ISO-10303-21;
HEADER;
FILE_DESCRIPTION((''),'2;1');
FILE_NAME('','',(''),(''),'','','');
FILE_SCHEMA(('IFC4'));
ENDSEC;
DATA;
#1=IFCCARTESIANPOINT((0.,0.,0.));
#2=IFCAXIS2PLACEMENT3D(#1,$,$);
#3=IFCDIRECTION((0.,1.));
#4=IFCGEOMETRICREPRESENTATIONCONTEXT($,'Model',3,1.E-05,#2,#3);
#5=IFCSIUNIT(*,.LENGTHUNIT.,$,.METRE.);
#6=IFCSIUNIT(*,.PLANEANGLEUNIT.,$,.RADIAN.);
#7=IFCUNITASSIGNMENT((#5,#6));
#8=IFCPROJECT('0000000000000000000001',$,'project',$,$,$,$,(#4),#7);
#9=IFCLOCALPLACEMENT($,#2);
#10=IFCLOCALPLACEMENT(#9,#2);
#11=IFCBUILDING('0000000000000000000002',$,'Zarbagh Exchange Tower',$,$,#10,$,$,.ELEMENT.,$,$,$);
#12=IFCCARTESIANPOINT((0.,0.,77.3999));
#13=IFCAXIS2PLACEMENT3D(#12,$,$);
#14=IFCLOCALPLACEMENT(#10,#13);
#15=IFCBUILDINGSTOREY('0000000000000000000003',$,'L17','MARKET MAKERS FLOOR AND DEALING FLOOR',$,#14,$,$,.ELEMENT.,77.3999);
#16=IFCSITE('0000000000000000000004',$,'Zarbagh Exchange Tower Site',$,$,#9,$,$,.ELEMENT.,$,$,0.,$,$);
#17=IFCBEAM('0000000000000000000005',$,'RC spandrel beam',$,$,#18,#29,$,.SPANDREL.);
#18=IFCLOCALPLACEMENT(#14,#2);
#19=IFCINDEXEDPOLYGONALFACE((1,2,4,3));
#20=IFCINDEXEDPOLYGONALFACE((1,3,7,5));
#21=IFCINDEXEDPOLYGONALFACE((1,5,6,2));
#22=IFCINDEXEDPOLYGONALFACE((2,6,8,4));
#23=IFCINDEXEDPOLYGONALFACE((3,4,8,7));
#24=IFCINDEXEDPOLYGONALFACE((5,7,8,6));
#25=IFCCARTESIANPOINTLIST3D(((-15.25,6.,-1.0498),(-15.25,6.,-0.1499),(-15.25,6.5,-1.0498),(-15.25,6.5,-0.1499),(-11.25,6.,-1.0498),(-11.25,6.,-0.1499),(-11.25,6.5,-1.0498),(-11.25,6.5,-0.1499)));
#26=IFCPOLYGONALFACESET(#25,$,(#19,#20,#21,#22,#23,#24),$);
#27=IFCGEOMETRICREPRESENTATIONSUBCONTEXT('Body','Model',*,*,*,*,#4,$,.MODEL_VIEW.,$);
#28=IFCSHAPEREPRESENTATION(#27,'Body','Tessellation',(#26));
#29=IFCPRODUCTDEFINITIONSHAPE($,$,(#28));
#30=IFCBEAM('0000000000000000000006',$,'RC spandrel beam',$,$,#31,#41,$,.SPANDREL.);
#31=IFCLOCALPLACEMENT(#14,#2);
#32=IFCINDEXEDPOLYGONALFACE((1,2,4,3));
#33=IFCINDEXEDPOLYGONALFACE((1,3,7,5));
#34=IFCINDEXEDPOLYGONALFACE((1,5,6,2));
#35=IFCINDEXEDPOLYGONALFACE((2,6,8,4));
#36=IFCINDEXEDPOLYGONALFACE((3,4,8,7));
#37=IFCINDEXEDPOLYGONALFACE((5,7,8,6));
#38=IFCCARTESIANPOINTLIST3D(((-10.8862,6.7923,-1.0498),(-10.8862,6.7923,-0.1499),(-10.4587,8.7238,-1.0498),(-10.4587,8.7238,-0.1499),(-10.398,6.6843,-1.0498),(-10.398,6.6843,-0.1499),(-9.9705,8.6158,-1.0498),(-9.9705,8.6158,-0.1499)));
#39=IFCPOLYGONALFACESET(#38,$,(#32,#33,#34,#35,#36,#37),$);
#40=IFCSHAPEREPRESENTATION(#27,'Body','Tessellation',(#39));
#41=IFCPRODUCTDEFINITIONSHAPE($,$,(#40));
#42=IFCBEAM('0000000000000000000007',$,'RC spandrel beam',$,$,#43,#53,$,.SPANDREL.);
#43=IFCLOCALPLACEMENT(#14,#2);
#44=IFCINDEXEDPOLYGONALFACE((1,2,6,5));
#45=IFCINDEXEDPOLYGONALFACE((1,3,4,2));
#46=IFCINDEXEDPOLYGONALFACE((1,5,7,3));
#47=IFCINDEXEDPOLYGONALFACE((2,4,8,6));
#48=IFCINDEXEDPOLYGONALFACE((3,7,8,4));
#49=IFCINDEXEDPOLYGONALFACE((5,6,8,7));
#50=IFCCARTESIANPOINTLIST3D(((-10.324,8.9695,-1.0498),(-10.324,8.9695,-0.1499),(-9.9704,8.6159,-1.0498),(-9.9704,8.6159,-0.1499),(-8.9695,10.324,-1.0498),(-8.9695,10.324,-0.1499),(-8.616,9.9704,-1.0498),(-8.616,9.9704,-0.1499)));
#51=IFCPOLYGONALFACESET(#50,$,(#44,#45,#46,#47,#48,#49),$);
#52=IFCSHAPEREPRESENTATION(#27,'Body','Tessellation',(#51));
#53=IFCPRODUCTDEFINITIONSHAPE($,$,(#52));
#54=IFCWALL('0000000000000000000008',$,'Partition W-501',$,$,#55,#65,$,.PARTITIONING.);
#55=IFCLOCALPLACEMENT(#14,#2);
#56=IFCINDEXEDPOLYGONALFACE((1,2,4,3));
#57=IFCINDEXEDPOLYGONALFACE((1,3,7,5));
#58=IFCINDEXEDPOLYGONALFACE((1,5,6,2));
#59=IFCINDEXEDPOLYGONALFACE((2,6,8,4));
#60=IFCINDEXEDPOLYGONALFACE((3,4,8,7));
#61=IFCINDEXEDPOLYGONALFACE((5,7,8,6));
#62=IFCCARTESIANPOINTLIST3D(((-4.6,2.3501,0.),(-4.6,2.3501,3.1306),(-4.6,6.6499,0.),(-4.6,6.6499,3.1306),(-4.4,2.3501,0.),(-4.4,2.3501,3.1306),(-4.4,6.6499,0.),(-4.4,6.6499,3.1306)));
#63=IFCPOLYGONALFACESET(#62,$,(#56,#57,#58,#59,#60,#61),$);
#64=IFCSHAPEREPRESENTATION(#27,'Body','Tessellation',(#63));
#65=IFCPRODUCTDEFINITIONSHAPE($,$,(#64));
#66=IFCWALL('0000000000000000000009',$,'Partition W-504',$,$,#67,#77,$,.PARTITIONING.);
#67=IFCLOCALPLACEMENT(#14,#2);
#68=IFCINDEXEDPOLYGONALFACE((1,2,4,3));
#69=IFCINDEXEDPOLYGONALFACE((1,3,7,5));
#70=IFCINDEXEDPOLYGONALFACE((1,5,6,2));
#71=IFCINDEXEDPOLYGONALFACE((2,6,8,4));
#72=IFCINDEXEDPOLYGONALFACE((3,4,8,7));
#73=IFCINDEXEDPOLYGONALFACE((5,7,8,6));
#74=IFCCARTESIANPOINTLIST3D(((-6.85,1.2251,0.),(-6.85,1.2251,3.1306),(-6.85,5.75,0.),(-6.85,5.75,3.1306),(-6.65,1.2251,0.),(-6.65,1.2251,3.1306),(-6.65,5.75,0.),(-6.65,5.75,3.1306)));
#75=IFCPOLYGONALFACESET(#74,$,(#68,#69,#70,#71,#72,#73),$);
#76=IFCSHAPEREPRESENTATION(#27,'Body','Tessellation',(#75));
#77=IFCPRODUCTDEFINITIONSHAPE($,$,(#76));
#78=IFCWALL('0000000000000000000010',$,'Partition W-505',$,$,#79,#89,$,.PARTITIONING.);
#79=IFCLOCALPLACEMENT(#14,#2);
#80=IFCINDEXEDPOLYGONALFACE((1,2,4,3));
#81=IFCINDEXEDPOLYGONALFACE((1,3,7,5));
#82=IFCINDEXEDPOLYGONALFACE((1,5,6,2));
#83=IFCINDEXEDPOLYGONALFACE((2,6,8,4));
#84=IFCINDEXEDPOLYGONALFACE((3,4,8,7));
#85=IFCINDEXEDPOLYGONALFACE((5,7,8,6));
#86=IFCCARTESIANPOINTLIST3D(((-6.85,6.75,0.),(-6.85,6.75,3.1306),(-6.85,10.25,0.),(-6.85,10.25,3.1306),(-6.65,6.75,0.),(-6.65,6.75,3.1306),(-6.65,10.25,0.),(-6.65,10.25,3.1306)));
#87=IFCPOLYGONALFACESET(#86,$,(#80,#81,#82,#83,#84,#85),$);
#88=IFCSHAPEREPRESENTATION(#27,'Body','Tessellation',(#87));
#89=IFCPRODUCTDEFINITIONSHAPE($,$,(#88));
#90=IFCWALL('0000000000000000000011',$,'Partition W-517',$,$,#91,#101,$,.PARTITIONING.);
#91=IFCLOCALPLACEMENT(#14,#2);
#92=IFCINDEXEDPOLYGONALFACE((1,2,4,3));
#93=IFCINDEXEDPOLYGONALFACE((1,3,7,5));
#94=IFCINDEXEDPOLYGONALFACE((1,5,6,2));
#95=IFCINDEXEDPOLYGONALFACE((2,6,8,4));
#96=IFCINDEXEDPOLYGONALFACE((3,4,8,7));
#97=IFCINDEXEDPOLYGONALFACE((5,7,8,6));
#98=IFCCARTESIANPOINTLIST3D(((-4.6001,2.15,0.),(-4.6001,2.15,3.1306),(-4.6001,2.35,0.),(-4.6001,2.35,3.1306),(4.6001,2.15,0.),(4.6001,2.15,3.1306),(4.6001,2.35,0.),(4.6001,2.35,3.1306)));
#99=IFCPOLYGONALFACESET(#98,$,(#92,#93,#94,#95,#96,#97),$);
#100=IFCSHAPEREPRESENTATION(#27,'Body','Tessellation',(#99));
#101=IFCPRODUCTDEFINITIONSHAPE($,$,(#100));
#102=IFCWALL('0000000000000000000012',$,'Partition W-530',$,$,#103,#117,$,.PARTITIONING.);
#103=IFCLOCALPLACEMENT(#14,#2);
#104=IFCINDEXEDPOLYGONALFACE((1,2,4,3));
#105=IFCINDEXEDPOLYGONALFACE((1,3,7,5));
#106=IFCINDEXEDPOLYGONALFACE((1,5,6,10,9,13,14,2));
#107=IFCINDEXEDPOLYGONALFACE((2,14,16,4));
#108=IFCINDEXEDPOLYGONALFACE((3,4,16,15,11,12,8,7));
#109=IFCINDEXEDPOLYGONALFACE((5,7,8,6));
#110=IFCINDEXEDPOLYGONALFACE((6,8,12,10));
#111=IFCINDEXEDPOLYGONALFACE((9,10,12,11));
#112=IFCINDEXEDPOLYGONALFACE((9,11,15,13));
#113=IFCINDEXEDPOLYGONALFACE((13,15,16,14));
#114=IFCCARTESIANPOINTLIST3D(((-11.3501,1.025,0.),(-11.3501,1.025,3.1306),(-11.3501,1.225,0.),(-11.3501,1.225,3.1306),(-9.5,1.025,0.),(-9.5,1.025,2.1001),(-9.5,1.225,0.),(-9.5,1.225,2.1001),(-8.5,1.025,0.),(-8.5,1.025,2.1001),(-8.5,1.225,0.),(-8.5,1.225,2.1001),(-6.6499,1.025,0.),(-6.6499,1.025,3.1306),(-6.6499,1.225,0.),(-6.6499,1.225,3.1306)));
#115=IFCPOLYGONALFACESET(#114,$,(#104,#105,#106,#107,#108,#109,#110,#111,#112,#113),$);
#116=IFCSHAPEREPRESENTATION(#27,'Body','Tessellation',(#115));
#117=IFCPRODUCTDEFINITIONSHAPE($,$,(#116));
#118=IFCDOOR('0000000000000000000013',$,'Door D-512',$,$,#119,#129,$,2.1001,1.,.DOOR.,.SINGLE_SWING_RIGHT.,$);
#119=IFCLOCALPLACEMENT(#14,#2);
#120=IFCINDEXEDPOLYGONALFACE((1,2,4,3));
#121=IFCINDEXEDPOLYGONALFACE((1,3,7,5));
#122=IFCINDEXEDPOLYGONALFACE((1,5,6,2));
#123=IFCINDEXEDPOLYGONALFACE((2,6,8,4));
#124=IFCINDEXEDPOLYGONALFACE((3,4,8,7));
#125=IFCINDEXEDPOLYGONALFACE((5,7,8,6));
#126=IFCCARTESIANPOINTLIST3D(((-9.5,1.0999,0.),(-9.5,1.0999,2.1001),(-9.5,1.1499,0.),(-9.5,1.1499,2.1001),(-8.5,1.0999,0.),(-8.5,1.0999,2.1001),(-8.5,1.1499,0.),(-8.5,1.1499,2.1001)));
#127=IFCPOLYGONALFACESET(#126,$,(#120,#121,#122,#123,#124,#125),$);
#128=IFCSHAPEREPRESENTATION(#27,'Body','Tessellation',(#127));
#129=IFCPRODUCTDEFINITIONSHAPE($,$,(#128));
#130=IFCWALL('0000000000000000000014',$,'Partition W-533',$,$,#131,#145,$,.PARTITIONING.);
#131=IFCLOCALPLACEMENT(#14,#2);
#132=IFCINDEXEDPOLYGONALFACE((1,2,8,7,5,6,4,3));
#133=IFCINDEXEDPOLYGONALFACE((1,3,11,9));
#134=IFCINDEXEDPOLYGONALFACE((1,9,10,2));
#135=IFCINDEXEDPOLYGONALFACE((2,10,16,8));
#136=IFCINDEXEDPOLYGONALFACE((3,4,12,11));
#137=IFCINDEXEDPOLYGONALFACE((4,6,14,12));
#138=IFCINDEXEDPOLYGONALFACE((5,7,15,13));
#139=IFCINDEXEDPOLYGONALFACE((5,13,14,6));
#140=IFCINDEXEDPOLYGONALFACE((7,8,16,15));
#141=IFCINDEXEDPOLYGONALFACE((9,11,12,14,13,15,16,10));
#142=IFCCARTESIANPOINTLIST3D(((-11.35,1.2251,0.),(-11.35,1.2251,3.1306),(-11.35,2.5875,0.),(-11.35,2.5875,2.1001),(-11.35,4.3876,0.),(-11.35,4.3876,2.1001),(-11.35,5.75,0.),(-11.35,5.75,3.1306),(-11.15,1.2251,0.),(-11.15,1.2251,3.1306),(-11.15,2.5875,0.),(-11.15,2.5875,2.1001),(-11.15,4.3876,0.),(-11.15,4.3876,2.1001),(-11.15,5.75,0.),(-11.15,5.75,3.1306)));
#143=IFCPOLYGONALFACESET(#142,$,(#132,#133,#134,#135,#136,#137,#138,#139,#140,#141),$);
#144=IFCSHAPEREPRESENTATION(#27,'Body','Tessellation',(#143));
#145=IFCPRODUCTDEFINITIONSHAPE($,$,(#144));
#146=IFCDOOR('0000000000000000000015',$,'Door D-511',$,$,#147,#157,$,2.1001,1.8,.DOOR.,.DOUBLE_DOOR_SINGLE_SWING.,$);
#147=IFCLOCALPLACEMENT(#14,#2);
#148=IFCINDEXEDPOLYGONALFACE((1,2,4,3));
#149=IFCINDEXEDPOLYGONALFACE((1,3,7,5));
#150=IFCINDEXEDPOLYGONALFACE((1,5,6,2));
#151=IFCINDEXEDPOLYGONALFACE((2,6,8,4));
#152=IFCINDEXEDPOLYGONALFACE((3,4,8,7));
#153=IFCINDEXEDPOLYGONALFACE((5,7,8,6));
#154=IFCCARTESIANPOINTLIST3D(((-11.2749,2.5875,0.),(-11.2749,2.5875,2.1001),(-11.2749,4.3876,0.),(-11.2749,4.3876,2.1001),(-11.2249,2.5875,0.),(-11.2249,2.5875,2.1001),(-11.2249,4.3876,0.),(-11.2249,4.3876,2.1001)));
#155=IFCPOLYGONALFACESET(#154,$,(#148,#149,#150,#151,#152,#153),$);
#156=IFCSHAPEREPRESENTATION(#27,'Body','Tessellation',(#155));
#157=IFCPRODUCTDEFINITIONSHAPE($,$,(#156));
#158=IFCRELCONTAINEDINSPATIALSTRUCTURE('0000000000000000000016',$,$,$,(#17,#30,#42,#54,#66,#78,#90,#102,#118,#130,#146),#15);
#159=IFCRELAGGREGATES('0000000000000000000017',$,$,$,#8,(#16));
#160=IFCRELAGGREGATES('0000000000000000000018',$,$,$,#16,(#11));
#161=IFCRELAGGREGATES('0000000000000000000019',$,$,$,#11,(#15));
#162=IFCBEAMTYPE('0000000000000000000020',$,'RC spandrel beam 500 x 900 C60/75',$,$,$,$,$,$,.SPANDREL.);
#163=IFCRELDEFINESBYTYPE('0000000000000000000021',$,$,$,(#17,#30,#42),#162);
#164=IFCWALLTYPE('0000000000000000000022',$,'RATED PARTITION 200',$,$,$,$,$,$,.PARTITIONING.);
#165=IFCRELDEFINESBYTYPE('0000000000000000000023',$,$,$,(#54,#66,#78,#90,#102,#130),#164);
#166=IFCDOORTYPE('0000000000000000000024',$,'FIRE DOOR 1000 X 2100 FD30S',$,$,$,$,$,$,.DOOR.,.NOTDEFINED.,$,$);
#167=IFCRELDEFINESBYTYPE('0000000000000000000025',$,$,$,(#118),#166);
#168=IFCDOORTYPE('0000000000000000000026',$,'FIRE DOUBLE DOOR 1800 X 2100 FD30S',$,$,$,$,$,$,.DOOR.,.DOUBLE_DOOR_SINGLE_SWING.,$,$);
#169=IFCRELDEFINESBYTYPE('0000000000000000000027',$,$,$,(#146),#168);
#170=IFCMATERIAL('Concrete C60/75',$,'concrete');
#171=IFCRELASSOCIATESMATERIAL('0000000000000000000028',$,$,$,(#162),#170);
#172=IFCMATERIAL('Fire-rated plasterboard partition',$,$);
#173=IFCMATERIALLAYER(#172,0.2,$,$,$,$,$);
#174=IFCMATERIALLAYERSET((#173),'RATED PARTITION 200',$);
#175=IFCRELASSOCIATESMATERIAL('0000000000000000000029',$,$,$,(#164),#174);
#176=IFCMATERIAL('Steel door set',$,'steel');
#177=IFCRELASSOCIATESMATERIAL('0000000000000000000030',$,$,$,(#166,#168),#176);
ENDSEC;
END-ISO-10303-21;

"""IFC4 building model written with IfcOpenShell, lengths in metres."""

from ifc_helpers import new_model, si_unit, direction, frame, frame_2d, origin, origin_2d, place, context, subcontext, project, spatial, rectangle, extrude, material, layer, layer_set, material_profile, profile_set, type_object, element, fill, save


model = new_model("IFC4")

# Units and contexts
model_context = context("Model", 3, precision=1e-05, world=origin(), true_north=direction((0.0, 1.0)))
body_context = subcontext(model_context, "Body", "Model", "MODEL_VIEW")
ifc_project = project(units=[si_unit("LENGTHUNIT", "METRE"), si_unit("PLANEANGLEUNIT", "RADIAN")], contexts=[model_context])

# Site, building, storey
site_placement = place(None, origin())
site = spatial("IfcSite", under=ifc_project, at=site_placement, Name="Zarbagh Exchange Tower Site", CompositionType="ELEMENT", RefElevation=0.0)
building_placement = place(site_placement, origin())
building = spatial("IfcBuilding", under=site, at=building_placement, Name="Zarbagh Exchange Tower", CompositionType="ELEMENT")
storey_placement = place(building_placement, frame((0.0, 0.0, 77.3999)))
storey = spatial("IfcBuildingStorey", under=building, at=storey_placement, Name="L17", Description="MARKET MAKERS FLOOR AND DEALING FLOOR", CompositionType="ELEMENT", Elevation=77.3999)

# Shared definitions
ifc_material_1 = material(Name="Concrete C60/75", Category="concrete")

# Beams
ifc_material_profile_1 = material_profile(ifc_material_1, rectangle(XDim=0.5, YDim=0.8999, at=origin_2d()), Name="RC spandrel beam 500 x 900 C60/75")
ifc_profile_set_1 = profile_set([ifc_material_profile_1], Name="Concrete C60/75")
beam_type_1 = type_object("IfcBeamType", Name="RC spandrel beam 500 x 900 C60/75", PredefinedType="SPANDREL", material=ifc_profile_set_1)
beam_1_placement = place(storey_placement, frame((-15.25, 6.25, -0.5999), z_axis=(1.0, 0.0, 0.0), x_axis=(0.0, 1.0, 0.0)))
element("IfcBeam", 1, at=beam_1_placement, inside=storey, type_object=beam_type_1, Name="RC spandrel beam", PredefinedType="SPANDREL", context=body_context, shape_type="SweptSolid", body=[
    extrude(rectangle(XDim=0.5, YDim=0.8999, at=origin_2d()), origin(), (0.0, 0.0, 1.0), 4.0),
])
beam_2_placement = place(storey_placement, frame((-10.6421, 6.7383, -0.5999), z_axis=(0.216081, 0.976375, 0.0), x_axis=(-0.976375, 0.216081, 0.0)))
element("IfcBeam", 2, at=beam_2_placement, inside=storey, type_object=beam_type_1, Name="RC spandrel beam", PredefinedType="SPANDREL", context=body_context, shape_type="SweptSolid", body=[
    extrude(rectangle(XDim=0.5, YDim=0.8999, at=origin_2d()), origin(), (0.0, 0.0, 1.0), 1.9783),
])
beam_3_placement = place(storey_placement, frame((-10.1472, 8.7927, -0.5999), z_axis=(0.707107, 0.707107, 0.0), x_axis=(-0.707107, 0.707107, 0.0)))
element("IfcBeam", 3, at=beam_3_placement, inside=storey, type_object=beam_type_1, Name="RC spandrel beam", PredefinedType="SPANDREL", context=body_context, shape_type="SweptSolid", body=[
    extrude(rectangle(XDim=0.5, YDim=0.8999, at=origin_2d()), origin(), (0.0, 0.0, 1.0), 1.9155),
])

# Walls
ifc_material_2 = material(Name="Fire-rated plasterboard partition")
ifc_layer = layer(ifc_material_2, 0.2)
ifc_layer_set = layer_set([ifc_layer], Name="RATED PARTITION 200")
wall_type = type_object("IfcWallType", Name="RATED PARTITION 200", PredefinedType="PARTITIONING", material=ifc_layer_set)
wall_1_placement = place(storey_placement, frame((-4.5, 2.3501, 0.0), z_axis=(0.0, 0.0, 1.0), x_axis=(0.0, 1.0, 0.0)))
element("IfcWall", 4, at=wall_1_placement, inside=storey, type_object=wall_type, Name="Partition W-501", PredefinedType="PARTITIONING", context=body_context, shape_type="SweptSolid", body=[
    extrude(rectangle(XDim=4.2998, YDim=0.2, at=frame_2d((2.1499, 0.0))), origin(), (0.0, 0.0, 1.0), 3.1306),
])
wall_2_placement = place(storey_placement, frame((-6.75, 1.2251, 0.0), z_axis=(0.0, 0.0, 1.0), x_axis=(0.0, 1.0, 0.0)))
element("IfcWall", 5, at=wall_2_placement, inside=storey, type_object=wall_type, Name="Partition W-504", PredefinedType="PARTITIONING", context=body_context, shape_type="SweptSolid", body=[
    extrude(rectangle(XDim=4.5249, YDim=0.2, at=frame_2d((2.2625, 0.0))), origin(), (0.0, 0.0, 1.0), 3.1306),
])
wall_3_placement = place(storey_placement, frame((-6.75, 6.75, 0.0), z_axis=(0.0, 0.0, 1.0), x_axis=(0.0, 1.0, 0.0)))
element("IfcWall", 6, at=wall_3_placement, inside=storey, type_object=wall_type, Name="Partition W-505", PredefinedType="PARTITIONING", context=body_context, shape_type="SweptSolid", body=[
    extrude(rectangle(XDim=3.5, YDim=0.2, at=frame_2d((1.75, 0.0))), origin(), (0.0, 0.0, 1.0), 3.1306),
])
wall_4_placement = place(storey_placement, frame((-4.6001, 2.25, 0.0), z_axis=(0.0, 0.0, 1.0), x_axis=(1.0, 0.0, 0.0)))
element("IfcWall", 7, at=wall_4_placement, inside=storey, type_object=wall_type, Name="Partition W-517", PredefinedType="PARTITIONING", context=body_context, shape_type="SweptSolid", body=[
    extrude(rectangle(XDim=9.2002, YDim=0.2, at=frame_2d((4.6001, 0.0))), origin(), (0.0, 0.0, 1.0), 3.1306),
])

# Walls, openings, doors
wall_5_placement = place(storey_placement, frame((-11.3501, 1.125, 0.0), z_axis=(0.0, 0.0, 1.0), x_axis=(1.0, 0.0, 0.0)))
wall_5 = element("IfcWall", 8, at=wall_5_placement, inside=storey, type_object=wall_type, Name="Partition W-530", PredefinedType="PARTITIONING", context=body_context, shape_type="SweptSolid", body=[
    extrude(rectangle(XDim=4.7002, YDim=0.2, at=frame_2d((2.3501, 0.0))), origin(), (0.0, 0.0, 1.0), 3.1306),
])
opening_1_placement = place(wall_5_placement, frame((1.8501, 0.0, 0.0)))
opening_1 = element("IfcOpeningElement", 9, at=opening_1_placement, cuts=wall_5, PredefinedType="OPENING", context=body_context, shape_type="SweptSolid", body=[
    extrude(rectangle(XDim=1.0, YDim=2.1001, at=frame_2d((0.5, 1.05))), frame((0.0, 0.1099, 0.0), z_axis=(0.0, -1.0, 0.0), x_axis=(1.0, 0.0, 0.0)), (0.0, 0.0, 1.0), 0.22),
])
ifc_material_3 = material(Name="Steel door set", Category="steel")
door_type_1 = type_object("IfcDoorType", Name="FIRE DOOR 1000 X 2100 FD30S", OperationType="NOTDEFINED", PredefinedType="DOOR", material=ifc_material_3)
door_1_placement = place(opening_1_placement, origin())
door_1 = element("IfcDoor", 10, at=door_1_placement, inside=storey, type_object=door_type_1, Name="Door D-512", OperationType="SINGLE_SWING_RIGHT", OverallHeight=2.1001, OverallWidth=1.0, PredefinedType="DOOR", context=body_context, shape_type="SweptSolid", body=[
    extrude(rectangle(XDim=1.0, YDim=2.1001, at=frame_2d((0.5, 1.05))), frame((0.0, 0.0249, 0.0), z_axis=(0.0, -1.0, 0.0), x_axis=(1.0, 0.0, 0.0)), (0.0, 0.0, 1.0), 0.05),
])
fill(opening_1, door_1)
wall_6_placement = place(storey_placement, frame((-11.25, 1.2251, 0.0), z_axis=(0.0, 0.0, 1.0), x_axis=(0.0, 1.0, 0.0)))
wall_6 = element("IfcWall", 11, at=wall_6_placement, inside=storey, type_object=wall_type, Name="Partition W-533", PredefinedType="PARTITIONING", context=body_context, shape_type="SweptSolid", body=[
    extrude(rectangle(XDim=4.5249, YDim=0.2, at=frame_2d((2.2625, 0.0))), origin(), (0.0, 0.0, 1.0), 3.1306),
])
opening_2_placement = place(wall_6_placement, frame((1.3625, 0.0, 0.0)))
opening_2 = element("IfcOpeningElement", 12, at=opening_2_placement, cuts=wall_6, PredefinedType="OPENING", context=body_context, shape_type="SweptSolid", body=[
    extrude(rectangle(XDim=1.8, YDim=2.1001, at=frame_2d((0.8999, 1.05))), frame((0.0, 0.1099, 0.0), z_axis=(0.0, -1.0, 0.0), x_axis=(1.0, 0.0, 0.0)), (0.0, 0.0, 1.0), 0.22),
])
door_type_2 = type_object("IfcDoorType", Name="FIRE DOUBLE DOOR 1800 X 2100 FD30S", OperationType="DOUBLE_DOOR_SINGLE_SWING", PredefinedType="DOOR", material=ifc_material_3)
door_2_placement = place(opening_2_placement, origin())
door_2 = element("IfcDoor", 13, at=door_2_placement, inside=storey, type_object=door_type_2, Name="Door D-511", OperationType="DOUBLE_DOOR_SINGLE_SWING", OverallHeight=2.1001, OverallWidth=1.8, PredefinedType="DOOR", context=body_context, shape_type="SweptSolid", body=[
    extrude(rectangle(XDim=1.8, YDim=2.1001, at=frame_2d((0.8999, 1.05))), frame((0.0, 0.0249, 0.0), z_axis=(0.0, -1.0, 0.0), x_axis=(1.0, 0.0, 0.0)), (0.0, 0.0, 1.0), 0.05),
])
fill(opening_2, door_2)

save(model, "model.ifc")
